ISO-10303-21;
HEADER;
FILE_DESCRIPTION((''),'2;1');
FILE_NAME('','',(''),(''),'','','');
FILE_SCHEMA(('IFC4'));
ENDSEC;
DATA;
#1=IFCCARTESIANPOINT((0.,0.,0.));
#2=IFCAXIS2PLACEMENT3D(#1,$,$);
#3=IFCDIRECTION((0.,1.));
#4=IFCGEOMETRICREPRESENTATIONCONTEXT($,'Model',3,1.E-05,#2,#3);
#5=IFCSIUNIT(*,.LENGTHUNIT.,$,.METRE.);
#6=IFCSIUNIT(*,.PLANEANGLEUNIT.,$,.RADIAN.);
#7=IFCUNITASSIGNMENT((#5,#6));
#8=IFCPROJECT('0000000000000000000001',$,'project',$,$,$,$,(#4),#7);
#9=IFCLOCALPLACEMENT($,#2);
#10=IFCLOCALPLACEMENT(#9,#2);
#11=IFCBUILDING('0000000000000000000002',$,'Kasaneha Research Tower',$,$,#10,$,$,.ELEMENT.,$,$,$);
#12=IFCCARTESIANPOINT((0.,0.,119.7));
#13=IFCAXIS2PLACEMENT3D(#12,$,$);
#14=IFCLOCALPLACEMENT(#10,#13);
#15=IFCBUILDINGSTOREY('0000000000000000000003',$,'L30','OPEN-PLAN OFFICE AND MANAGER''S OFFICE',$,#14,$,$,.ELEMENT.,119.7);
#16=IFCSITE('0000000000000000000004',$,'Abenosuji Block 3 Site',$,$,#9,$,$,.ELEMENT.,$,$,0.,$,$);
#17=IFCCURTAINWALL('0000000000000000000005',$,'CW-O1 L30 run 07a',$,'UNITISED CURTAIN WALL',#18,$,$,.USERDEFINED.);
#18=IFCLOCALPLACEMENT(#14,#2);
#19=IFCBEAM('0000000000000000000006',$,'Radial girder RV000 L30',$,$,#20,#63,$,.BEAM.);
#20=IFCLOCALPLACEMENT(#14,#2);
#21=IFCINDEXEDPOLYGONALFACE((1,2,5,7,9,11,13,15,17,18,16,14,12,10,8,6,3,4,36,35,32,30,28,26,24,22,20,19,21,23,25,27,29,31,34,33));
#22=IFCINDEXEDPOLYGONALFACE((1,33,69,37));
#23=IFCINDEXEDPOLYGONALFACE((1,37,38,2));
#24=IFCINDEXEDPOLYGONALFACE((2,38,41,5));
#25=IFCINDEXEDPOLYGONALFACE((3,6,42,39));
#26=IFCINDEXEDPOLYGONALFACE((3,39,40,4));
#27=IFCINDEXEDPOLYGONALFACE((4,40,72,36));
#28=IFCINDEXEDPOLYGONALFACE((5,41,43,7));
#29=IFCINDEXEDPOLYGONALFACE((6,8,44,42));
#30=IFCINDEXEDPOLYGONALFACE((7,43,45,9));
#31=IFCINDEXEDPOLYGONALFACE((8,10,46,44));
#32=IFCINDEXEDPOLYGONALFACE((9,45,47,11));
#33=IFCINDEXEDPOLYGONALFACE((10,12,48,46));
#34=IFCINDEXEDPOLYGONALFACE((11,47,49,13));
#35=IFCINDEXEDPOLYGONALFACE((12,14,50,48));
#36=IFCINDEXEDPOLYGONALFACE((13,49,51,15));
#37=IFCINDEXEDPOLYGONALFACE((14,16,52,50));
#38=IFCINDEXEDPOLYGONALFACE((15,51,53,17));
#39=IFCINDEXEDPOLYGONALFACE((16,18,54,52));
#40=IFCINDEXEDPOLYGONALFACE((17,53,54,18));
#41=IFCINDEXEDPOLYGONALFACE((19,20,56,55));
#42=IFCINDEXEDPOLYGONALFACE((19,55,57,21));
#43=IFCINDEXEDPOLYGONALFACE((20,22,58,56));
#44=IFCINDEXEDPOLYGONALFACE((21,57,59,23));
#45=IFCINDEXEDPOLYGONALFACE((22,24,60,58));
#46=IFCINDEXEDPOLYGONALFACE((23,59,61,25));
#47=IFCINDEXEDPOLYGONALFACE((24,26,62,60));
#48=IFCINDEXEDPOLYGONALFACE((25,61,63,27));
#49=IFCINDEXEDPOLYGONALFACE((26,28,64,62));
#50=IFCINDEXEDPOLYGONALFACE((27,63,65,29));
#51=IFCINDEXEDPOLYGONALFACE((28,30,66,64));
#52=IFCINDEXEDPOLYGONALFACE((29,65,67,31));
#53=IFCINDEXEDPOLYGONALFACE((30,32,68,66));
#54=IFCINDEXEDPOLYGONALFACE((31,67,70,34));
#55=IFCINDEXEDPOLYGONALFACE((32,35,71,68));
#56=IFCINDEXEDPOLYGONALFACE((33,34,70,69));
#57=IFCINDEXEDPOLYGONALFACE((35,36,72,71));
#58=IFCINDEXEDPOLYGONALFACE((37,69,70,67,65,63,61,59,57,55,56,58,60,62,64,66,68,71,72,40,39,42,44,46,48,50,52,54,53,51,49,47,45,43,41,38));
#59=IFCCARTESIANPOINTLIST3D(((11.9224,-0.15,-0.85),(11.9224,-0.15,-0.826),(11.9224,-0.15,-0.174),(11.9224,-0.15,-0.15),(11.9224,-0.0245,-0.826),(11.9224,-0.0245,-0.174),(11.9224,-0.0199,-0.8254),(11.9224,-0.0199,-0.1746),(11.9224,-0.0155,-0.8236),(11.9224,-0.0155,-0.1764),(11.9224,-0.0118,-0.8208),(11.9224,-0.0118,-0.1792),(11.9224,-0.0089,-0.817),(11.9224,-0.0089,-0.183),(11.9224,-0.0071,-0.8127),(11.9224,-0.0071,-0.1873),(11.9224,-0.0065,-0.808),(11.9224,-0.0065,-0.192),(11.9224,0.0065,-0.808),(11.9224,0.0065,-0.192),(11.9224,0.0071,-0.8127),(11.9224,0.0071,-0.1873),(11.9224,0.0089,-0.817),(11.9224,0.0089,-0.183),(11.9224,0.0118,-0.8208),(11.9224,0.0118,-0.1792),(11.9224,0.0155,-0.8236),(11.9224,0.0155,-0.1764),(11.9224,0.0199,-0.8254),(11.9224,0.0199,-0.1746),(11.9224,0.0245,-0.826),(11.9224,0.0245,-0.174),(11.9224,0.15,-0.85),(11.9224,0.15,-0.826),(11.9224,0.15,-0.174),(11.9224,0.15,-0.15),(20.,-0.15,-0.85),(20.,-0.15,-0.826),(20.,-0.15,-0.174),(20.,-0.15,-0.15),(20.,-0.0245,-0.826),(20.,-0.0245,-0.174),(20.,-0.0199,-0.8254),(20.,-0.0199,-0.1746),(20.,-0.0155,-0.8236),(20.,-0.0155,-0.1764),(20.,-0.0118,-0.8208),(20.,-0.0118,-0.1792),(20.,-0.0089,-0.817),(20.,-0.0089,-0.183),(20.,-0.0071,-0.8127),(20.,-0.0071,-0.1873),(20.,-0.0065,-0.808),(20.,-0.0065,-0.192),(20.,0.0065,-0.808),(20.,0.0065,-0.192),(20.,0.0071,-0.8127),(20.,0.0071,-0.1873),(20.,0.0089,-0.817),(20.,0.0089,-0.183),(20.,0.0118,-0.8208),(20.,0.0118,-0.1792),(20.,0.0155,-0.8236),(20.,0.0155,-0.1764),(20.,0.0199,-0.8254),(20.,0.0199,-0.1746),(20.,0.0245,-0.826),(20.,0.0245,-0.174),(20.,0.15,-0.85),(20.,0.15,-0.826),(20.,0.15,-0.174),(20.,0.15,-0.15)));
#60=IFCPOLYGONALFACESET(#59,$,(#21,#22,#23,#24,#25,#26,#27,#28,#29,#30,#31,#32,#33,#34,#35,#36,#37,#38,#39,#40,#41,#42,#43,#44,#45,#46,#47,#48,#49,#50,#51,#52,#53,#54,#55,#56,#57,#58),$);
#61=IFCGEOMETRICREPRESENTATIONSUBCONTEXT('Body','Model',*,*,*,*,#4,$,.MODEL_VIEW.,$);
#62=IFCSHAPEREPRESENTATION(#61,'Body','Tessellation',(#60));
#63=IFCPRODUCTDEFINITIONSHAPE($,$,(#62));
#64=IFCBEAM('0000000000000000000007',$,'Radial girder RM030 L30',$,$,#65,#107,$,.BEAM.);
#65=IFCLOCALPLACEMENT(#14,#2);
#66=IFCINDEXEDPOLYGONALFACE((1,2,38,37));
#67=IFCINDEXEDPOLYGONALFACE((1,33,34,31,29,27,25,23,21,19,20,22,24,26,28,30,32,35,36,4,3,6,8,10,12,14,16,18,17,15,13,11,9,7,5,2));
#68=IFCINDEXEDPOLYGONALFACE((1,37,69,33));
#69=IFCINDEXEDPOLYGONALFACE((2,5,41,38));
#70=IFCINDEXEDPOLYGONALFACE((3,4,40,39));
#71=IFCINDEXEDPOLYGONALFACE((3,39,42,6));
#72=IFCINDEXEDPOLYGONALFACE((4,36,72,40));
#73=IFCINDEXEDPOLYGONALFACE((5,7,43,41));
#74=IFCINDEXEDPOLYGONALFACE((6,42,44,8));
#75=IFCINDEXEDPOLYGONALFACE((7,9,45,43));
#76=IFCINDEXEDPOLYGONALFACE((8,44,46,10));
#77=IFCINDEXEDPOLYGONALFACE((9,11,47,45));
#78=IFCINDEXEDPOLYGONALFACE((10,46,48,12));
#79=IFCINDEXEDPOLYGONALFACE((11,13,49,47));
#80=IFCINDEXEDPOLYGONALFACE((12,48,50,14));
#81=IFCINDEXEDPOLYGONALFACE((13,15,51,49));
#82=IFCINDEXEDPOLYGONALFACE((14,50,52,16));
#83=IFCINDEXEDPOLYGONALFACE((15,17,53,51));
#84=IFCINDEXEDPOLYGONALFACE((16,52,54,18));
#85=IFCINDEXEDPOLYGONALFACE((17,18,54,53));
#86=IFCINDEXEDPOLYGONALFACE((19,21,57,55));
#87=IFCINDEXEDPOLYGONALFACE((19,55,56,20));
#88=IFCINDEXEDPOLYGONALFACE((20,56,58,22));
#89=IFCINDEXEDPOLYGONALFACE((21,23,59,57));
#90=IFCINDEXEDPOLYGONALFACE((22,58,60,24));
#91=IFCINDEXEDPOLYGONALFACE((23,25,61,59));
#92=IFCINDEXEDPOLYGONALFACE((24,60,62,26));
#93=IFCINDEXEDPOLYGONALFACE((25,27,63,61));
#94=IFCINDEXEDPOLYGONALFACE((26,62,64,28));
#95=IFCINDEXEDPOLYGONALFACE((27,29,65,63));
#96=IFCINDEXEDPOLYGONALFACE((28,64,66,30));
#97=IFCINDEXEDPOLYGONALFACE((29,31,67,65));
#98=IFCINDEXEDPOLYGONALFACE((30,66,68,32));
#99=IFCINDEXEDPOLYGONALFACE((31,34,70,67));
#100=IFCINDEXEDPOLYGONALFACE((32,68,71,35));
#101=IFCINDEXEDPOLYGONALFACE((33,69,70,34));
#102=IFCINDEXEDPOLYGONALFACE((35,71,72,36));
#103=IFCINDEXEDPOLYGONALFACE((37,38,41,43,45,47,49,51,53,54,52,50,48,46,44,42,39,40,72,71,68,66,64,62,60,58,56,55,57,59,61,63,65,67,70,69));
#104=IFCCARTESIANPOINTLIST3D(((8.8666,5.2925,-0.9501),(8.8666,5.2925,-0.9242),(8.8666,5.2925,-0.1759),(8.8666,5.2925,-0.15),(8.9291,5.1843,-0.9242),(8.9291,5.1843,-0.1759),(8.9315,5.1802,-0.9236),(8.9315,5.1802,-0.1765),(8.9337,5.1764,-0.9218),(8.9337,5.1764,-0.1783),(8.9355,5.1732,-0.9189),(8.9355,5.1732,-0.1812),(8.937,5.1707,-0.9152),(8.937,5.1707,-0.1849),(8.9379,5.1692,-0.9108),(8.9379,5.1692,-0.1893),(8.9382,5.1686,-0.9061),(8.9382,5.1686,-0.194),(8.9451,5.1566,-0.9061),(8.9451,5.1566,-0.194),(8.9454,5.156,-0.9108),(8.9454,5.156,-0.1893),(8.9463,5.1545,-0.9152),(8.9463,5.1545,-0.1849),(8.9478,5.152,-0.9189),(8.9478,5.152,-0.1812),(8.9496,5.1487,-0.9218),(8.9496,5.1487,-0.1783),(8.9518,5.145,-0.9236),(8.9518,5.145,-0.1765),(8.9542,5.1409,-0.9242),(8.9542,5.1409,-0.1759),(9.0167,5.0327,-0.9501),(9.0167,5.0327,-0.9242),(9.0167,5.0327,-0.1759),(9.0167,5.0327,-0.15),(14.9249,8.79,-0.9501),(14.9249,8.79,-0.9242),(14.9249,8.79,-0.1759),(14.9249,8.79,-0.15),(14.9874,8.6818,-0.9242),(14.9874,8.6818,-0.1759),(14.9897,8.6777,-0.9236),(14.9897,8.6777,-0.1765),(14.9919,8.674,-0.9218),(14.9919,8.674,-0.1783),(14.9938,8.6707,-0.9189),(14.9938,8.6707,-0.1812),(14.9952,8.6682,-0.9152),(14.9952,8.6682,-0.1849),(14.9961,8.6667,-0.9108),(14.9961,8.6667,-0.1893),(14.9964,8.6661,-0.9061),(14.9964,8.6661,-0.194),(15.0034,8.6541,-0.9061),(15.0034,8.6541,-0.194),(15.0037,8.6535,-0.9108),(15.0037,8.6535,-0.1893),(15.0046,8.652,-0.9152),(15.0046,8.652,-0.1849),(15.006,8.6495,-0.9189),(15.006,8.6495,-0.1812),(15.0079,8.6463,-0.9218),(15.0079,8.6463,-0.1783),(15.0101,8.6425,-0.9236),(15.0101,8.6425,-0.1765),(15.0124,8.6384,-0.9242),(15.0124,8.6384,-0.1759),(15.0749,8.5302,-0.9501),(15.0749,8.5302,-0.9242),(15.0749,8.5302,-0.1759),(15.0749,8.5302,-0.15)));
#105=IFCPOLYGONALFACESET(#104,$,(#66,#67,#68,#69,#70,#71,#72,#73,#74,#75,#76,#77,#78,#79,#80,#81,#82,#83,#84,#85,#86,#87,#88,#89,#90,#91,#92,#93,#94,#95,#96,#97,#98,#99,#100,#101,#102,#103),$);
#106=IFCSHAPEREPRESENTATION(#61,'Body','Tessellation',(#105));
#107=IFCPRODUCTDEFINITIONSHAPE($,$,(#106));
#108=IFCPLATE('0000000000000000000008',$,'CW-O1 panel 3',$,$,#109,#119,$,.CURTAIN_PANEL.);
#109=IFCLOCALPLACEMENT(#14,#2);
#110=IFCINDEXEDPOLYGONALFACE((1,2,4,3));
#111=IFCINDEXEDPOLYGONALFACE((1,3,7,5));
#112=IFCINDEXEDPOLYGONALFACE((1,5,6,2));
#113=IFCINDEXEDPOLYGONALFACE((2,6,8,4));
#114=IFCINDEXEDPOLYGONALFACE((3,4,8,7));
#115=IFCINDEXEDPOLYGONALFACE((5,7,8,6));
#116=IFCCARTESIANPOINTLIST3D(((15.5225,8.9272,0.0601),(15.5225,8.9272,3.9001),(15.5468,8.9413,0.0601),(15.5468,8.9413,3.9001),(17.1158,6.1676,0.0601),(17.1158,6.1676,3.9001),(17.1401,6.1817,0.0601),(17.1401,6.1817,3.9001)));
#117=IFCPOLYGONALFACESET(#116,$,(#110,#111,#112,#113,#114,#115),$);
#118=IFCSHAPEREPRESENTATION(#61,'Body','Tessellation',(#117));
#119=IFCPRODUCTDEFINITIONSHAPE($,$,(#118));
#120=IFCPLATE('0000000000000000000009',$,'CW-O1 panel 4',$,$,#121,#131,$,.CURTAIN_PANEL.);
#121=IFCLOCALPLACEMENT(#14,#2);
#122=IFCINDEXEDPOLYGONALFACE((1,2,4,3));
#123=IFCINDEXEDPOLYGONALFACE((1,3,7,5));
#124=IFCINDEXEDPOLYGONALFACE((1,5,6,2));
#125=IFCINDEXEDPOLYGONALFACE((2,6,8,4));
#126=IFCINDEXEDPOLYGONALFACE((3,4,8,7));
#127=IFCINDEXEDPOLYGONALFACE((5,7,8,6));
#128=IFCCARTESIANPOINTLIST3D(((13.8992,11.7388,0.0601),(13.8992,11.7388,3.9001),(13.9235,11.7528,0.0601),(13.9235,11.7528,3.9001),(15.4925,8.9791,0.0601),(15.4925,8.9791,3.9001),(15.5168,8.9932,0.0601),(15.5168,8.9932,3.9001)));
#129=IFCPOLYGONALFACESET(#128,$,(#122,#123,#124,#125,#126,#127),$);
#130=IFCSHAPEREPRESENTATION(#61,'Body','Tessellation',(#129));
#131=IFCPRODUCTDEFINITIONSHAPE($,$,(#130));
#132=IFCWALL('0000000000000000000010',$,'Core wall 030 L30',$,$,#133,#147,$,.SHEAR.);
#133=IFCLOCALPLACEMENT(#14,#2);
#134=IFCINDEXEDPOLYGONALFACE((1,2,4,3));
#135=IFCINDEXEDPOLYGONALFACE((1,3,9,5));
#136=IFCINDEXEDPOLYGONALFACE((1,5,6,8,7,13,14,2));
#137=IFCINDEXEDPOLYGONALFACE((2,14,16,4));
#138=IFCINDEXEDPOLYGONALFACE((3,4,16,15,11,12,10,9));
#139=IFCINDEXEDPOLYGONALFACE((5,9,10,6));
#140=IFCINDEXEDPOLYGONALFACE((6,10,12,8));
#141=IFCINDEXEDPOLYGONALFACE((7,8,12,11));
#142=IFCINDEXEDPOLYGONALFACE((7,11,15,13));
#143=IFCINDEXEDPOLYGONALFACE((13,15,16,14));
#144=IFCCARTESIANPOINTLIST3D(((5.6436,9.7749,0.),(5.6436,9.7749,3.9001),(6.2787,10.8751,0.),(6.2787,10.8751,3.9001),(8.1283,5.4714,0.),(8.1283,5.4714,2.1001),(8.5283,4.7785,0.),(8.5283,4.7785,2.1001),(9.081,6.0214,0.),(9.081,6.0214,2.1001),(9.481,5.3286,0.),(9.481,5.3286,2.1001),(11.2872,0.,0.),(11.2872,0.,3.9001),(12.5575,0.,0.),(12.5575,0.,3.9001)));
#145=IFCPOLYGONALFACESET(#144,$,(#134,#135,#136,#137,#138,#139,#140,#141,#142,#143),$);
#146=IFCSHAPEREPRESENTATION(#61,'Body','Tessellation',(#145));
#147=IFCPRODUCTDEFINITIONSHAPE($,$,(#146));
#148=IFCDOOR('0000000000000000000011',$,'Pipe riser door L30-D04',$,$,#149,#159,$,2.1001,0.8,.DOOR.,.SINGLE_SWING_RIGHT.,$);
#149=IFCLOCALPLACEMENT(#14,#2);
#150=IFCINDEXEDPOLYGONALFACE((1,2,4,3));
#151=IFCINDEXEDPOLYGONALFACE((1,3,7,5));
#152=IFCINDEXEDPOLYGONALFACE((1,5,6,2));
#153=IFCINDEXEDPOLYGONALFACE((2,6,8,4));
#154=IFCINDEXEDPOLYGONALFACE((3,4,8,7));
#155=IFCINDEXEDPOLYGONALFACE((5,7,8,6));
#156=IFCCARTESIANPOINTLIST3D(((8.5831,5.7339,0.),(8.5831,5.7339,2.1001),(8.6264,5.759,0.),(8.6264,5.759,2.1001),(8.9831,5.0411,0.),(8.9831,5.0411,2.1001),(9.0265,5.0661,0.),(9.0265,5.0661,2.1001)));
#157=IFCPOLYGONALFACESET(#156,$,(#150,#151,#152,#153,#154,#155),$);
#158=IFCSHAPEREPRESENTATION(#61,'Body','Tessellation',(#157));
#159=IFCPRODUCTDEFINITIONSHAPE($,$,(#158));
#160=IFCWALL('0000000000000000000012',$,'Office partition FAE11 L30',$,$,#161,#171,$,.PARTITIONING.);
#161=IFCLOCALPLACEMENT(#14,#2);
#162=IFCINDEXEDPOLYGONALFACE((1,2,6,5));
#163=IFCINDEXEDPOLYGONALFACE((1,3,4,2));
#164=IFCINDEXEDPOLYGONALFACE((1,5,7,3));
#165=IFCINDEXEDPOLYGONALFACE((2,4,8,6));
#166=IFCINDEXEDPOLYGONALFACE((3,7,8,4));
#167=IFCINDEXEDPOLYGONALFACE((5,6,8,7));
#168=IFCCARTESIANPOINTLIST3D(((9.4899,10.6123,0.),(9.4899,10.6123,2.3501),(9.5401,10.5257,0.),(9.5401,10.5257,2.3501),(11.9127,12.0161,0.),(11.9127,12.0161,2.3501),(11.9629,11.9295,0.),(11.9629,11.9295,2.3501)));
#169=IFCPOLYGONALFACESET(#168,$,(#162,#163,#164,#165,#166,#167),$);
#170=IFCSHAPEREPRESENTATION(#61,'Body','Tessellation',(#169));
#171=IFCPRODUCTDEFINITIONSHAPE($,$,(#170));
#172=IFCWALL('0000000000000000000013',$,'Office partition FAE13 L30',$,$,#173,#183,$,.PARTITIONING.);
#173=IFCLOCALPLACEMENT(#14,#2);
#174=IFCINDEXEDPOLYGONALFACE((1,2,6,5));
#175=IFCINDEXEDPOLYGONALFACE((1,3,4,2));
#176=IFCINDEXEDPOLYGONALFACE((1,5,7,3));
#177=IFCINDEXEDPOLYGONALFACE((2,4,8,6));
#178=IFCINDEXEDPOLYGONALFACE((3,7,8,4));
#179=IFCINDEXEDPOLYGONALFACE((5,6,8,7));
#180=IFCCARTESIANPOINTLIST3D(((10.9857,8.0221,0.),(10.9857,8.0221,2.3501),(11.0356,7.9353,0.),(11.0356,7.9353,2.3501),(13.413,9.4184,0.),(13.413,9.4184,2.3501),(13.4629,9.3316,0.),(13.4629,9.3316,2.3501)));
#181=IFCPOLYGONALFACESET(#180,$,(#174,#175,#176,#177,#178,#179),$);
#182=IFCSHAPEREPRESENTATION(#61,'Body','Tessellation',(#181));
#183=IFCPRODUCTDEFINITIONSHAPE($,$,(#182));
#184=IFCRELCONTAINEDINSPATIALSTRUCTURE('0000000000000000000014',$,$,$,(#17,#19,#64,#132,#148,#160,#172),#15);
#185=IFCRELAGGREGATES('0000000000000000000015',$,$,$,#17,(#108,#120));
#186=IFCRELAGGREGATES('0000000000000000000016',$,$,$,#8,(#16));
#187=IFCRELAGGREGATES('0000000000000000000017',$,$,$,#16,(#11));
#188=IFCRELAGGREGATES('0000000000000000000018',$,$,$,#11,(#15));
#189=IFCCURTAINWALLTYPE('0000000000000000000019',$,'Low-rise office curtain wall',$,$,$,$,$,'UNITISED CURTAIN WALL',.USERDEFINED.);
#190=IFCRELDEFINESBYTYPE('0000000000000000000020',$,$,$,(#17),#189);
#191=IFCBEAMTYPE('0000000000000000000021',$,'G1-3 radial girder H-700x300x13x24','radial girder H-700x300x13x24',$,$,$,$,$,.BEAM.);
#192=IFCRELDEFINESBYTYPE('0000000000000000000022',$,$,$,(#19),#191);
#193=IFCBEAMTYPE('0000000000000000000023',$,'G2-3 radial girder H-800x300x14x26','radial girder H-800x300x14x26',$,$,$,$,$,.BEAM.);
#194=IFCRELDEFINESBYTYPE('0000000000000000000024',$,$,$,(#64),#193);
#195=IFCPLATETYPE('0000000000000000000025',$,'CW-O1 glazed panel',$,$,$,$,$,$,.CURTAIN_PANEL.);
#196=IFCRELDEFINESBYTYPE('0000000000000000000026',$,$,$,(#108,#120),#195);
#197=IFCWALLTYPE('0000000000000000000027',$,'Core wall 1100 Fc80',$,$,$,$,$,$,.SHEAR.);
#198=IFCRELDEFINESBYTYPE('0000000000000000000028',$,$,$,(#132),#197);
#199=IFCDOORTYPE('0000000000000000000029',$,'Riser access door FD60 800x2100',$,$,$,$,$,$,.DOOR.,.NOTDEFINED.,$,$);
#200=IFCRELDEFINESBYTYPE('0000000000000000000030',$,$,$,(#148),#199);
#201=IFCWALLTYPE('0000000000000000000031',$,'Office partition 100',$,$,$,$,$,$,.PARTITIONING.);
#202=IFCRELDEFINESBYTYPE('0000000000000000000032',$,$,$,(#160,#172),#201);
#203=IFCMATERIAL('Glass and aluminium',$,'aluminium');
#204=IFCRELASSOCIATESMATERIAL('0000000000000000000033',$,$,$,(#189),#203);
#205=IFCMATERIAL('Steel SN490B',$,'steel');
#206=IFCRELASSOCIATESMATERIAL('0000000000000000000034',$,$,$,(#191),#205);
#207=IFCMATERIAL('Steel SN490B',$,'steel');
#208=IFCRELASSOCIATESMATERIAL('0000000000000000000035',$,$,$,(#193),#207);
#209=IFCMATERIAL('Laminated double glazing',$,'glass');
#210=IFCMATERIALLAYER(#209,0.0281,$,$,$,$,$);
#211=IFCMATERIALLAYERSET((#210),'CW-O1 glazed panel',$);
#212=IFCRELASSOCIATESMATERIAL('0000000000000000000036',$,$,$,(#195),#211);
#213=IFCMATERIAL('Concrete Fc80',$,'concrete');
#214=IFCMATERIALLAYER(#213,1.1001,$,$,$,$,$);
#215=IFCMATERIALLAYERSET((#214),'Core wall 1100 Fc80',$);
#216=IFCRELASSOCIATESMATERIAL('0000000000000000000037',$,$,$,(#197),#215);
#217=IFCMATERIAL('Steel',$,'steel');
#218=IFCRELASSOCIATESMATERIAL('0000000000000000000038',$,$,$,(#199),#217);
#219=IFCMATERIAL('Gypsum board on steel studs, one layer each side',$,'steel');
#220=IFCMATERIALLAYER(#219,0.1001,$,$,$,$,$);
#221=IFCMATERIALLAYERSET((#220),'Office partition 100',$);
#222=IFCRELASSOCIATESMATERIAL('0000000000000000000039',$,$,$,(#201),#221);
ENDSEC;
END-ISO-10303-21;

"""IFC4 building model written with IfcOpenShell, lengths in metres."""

from ifc_helpers import new_model, si_unit, direction, frame, frame_2d, origin, origin_2d, place, context, subcontext, project, spatial, polyline, rectangle, i_section, outline, extrude, material, layer, layer_set, material_profile, profile_set, type_object, element, fill, aggregate, save


model = new_model("IFC4")

# Units and contexts
model_context = context("Model", 3, precision=1e-05, world=origin(), true_north=direction((0.0, 1.0)))
body_context = subcontext(model_context, "Body", "Model", "MODEL_VIEW")
ifc_project = project(units=[si_unit("LENGTHUNIT", "METRE"), si_unit("PLANEANGLEUNIT", "RADIAN")], contexts=[model_context])

# Site, building, storey
site_placement = place(None, origin())
site = spatial("IfcSite", under=ifc_project, at=site_placement, Name="Abenosuji Block 3 Site", CompositionType="ELEMENT", RefElevation=0.0)
building_placement = place(site_placement, origin())
building = spatial("IfcBuilding", under=site, at=building_placement, Name="Kasaneha Research Tower", CompositionType="ELEMENT")
storey_placement = place(building_placement, frame((0.0, 0.0, 119.7)))
storey = spatial("IfcBuildingStorey", under=building, at=storey_placement, Name="L30", Description="OPEN-PLAN OFFICE AND MANAGER'S OFFICE", CompositionType="ELEMENT", Elevation=119.7)

# Curtain wall
ifc_material_1 = material(Name="Glass and aluminium", Category="aluminium")
curtain_wall_type = type_object("IfcCurtainWallType", Name="Low-rise office curtain wall", ElementType="UNITISED CURTAIN WALL", PredefinedType="USERDEFINED", material=ifc_material_1)
curtain_wall_placement = place(storey_placement, origin())
curtain_wall = element("IfcCurtainWall", 1, at=curtain_wall_placement, inside=storey, type_object=curtain_wall_type, Name="CW-O1 L30 run 07a", ObjectType="UNITISED CURTAIN WALL", PredefinedType="USERDEFINED")

# Beams
ifc_material_2 = material(Name="Steel SN490B", Category="steel")
ifc_material_profile_1 = material_profile(ifc_material_2, i_section(OverallWidth=0.3, OverallDepth=0.7, WebThickness=0.0129, FlangeThickness=0.0239, FilletRadius=0.0181, at=origin_2d()), Name="H-700x300x13x24")
ifc_profile_set_1 = profile_set([ifc_material_profile_1], Name="Steel SN490B")
beam_type_1 = type_object("IfcBeamType", Name="G1-3 radial girder H-700x300x13x24", Description="radial girder H-700x300x13x24", PredefinedType="BEAM", material=ifc_profile_set_1)
beam_1_placement = place(storey_placement, frame((11.9224, 0.0, -0.5), z_axis=(1.0, 0.0, 0.0), x_axis=(0.0, 1.0, 0.0)))
element("IfcBeam", 2, at=beam_1_placement, inside=storey, type_object=beam_type_1, Name="Radial girder RV000 L30", PredefinedType="BEAM", context=body_context, shape_type="SweptSolid", body=[
    extrude(i_section(OverallWidth=0.3, OverallDepth=0.7, WebThickness=0.0129, FlangeThickness=0.0239, FilletRadius=0.0181, at=origin_2d()), origin(), (0.0, 0.0, 1.0), 8.0776),
])
ifc_material_3 = material(Name="Steel SN490B", Category="steel")
ifc_material_profile_2 = material_profile(ifc_material_3, i_section(OverallWidth=0.3, OverallDepth=0.8, WebThickness=0.0139, FlangeThickness=0.0259, FilletRadius=0.0181, at=origin_2d()), Name="H-800x300x14x26")
ifc_profile_set_2 = profile_set([ifc_material_profile_2], Name="Steel SN490B")
beam_type_2 = type_object("IfcBeamType", Name="G2-3 radial girder H-800x300x14x26", Description="radial girder H-800x300x14x26", PredefinedType="BEAM", material=ifc_profile_set_2)
beam_2_placement = place(storey_placement, frame((8.9417, 5.1626, -0.55), z_axis=(0.86604, 0.499975, 0.0), x_axis=(-0.499975, 0.86604, 0.0)))
element("IfcBeam", 3, at=beam_2_placement, inside=storey, type_object=beam_type_2, Name="Radial girder RM030 L30", PredefinedType="BEAM", context=body_context, shape_type="SweptSolid", body=[
    extrude(i_section(OverallWidth=0.3, OverallDepth=0.8, WebThickness=0.0139, FlangeThickness=0.0259, FilletRadius=0.0181, at=origin_2d()), origin(), (0.0, 0.0, 1.0), 6.9954),
])

# Plates
ifc_material_4 = material(Name="Laminated double glazing", Category="glass")
ifc_layer_1 = layer(ifc_material_4, 0.0281)
ifc_layer_set_1 = layer_set([ifc_layer_1], Name="CW-O1 glazed panel")
plate_type = type_object("IfcPlateType", Name="CW-O1 glazed panel", PredefinedType="CURTAIN_PANEL", material=ifc_layer_set_1)
plate_1_placement = place(storey_placement, frame((16.3313, 7.5544, 0.0601), z_axis=(0.0, 0.0, 1.0), x_axis=(-0.5, 0.866025, 0.0)))
plate_1 = element("IfcPlate", 4, at=plate_1_placement, type_object=plate_type, Name="CW-O1 panel 3", PredefinedType="CURTAIN_PANEL", context=body_context, shape_type="SweptSolid", body=[
    extrude(rectangle(XDim=3.1865, YDim=0.0281, at=origin_2d()), origin(), (0.0, 0.0, 1.0), 3.8401),
])
plate_2_placement = place(storey_placement, frame((14.708, 10.366, 0.0601), z_axis=(0.0, 0.0, 1.0), x_axis=(-0.5, 0.866025, 0.0)))
plate_2 = element("IfcPlate", 5, at=plate_2_placement, type_object=plate_type, Name="CW-O1 panel 4", PredefinedType="CURTAIN_PANEL", context=body_context, shape_type="SweptSolid", body=[
    extrude(rectangle(XDim=3.1865, YDim=0.0281, at=origin_2d()), origin(), (0.0, 0.0, 1.0), 3.8401),
])
aggregate(curtain_wall, [plate_1, plate_2])

# Wall, opening, door
ifc_material_5 = material(Name="Concrete Fc80", Category="concrete")
ifc_layer_2 = layer(ifc_material_5, 1.1001)
ifc_layer_set_2 = layer_set([ifc_layer_2], Name="Core wall 1100 Fc80")
wall_type_1 = type_object("IfcWallType", Name="Core wall 1100 Fc80", PredefinedType="SHEAR", material=ifc_layer_set_2)
wall_1_placement = place(storey_placement, frame((11.9224, 0.0, 0.0), z_axis=(0.0, 0.0, 1.0), x_axis=(-0.500004, 0.866023, 0.0)))
wall_1 = element("IfcWall", 6, at=wall_1_placement, inside=storey, type_object=wall_type_1, Name="Core wall 030 L30", PredefinedType="SHEAR", context=body_context, shape_type="SweptSolid", body=[
    extrude(outline(polyline([(-0.3176, -0.55), (5.8354, -0.55), (6.6355, -0.55), (12.24, -0.55), (11.6047, 0.55), (6.6355, 0.55), (5.8354, 0.55), (0.3176, 0.55), (-0.3176, -0.55)])), origin(), (0.0, 0.0, 1.0), 3.9001),
])
opening_1_placement = place(wall_1_placement, frame((5.8354, 0.0, 0.0)))
opening_1 = element("IfcOpeningElement", 7, at=opening_1_placement, cuts=wall_1, PredefinedType="OPENING", context=body_context, shape_type="SweptSolid", body=[
    extrude(rectangle(XDim=0.8, YDim=2.1001, at=frame_2d((0.3999, 1.05))), frame((0.0, 0.5601, 0.0), z_axis=(0.0, -1.0, 0.0), x_axis=(1.0, 0.0, 0.0)), (0.0, 0.0, 1.0), 1.1201),
])
ifc_material_6 = material(Name="Steel", Category="steel")
door_type_1 = type_object("IfcDoorType", Name="Riser access door FD60 800x2100", OperationType="NOTDEFINED", PredefinedType="DOOR", material=ifc_material_6)
door_1_placement = place(opening_1_placement, origin())
door_1 = element("IfcDoor", 8, at=door_1_placement, inside=storey, type_object=door_type_1, Name="Pipe riser door L30-D04", OperationType="SINGLE_SWING_RIGHT", OverallHeight=2.1001, OverallWidth=0.8, PredefinedType="DOOR", context=body_context, shape_type="SweptSolid", body=[
    extrude(rectangle(XDim=0.8, YDim=2.1001, at=frame_2d((0.3999, 1.05))), frame((0.0, 0.0249, 0.0), z_axis=(0.0, -1.0, 0.0), x_axis=(1.0, 0.0, 0.0)), (0.0, 0.0, 1.0), 0.05),
])
fill(opening_1, door_1)

# Walls
ifc_material_7 = material(Name="Gypsum board on steel studs, one layer each side", Category="steel")
ifc_layer_3 = layer(ifc_material_7, 0.1001)
ifc_layer_set_3 = layer_set([ifc_layer_3], Name="Office partition 100")
wall_type_2 = type_object("IfcWallType", Name="Office partition 100", PredefinedType="PARTITIONING", material=ifc_layer_set_3)
wall_2_placement = place(storey_placement, frame((9.5151, 10.5691, 0.0), z_axis=(0.0, 0.0, 1.0), x_axis=(0.865255, 0.501332, 0.0)))
element("IfcWall", 9, at=wall_2_placement, inside=storey, type_object=wall_type_2, Name="Office partition FAE11 L30", PredefinedType="PARTITIONING", context=body_context, shape_type="SweptSolid", body=[
    extrude(rectangle(XDim=2.8, YDim=0.1001, at=frame_2d((1.3999, 0.0))), origin(), (0.0, 0.0, 1.0), 2.3501),
])
wall_3_placement = place(storey_placement, frame((13.438, 9.375, 0.0), z_axis=(0.0, 0.0, 1.0), x_axis=(-0.866818, -0.498625, 0.0)))
element("IfcWall", 10, at=wall_3_placement, inside=storey, type_object=wall_type_2, Name="Office partition FAE13 L30", PredefinedType="PARTITIONING", context=body_context, shape_type="SweptSolid", body=[
    extrude(rectangle(XDim=2.8003, YDim=0.1001, at=frame_2d((1.4001, 0.0))), origin(), (0.0, 0.0, 1.0), 2.3501),
])

save(model, "model.ifc")
